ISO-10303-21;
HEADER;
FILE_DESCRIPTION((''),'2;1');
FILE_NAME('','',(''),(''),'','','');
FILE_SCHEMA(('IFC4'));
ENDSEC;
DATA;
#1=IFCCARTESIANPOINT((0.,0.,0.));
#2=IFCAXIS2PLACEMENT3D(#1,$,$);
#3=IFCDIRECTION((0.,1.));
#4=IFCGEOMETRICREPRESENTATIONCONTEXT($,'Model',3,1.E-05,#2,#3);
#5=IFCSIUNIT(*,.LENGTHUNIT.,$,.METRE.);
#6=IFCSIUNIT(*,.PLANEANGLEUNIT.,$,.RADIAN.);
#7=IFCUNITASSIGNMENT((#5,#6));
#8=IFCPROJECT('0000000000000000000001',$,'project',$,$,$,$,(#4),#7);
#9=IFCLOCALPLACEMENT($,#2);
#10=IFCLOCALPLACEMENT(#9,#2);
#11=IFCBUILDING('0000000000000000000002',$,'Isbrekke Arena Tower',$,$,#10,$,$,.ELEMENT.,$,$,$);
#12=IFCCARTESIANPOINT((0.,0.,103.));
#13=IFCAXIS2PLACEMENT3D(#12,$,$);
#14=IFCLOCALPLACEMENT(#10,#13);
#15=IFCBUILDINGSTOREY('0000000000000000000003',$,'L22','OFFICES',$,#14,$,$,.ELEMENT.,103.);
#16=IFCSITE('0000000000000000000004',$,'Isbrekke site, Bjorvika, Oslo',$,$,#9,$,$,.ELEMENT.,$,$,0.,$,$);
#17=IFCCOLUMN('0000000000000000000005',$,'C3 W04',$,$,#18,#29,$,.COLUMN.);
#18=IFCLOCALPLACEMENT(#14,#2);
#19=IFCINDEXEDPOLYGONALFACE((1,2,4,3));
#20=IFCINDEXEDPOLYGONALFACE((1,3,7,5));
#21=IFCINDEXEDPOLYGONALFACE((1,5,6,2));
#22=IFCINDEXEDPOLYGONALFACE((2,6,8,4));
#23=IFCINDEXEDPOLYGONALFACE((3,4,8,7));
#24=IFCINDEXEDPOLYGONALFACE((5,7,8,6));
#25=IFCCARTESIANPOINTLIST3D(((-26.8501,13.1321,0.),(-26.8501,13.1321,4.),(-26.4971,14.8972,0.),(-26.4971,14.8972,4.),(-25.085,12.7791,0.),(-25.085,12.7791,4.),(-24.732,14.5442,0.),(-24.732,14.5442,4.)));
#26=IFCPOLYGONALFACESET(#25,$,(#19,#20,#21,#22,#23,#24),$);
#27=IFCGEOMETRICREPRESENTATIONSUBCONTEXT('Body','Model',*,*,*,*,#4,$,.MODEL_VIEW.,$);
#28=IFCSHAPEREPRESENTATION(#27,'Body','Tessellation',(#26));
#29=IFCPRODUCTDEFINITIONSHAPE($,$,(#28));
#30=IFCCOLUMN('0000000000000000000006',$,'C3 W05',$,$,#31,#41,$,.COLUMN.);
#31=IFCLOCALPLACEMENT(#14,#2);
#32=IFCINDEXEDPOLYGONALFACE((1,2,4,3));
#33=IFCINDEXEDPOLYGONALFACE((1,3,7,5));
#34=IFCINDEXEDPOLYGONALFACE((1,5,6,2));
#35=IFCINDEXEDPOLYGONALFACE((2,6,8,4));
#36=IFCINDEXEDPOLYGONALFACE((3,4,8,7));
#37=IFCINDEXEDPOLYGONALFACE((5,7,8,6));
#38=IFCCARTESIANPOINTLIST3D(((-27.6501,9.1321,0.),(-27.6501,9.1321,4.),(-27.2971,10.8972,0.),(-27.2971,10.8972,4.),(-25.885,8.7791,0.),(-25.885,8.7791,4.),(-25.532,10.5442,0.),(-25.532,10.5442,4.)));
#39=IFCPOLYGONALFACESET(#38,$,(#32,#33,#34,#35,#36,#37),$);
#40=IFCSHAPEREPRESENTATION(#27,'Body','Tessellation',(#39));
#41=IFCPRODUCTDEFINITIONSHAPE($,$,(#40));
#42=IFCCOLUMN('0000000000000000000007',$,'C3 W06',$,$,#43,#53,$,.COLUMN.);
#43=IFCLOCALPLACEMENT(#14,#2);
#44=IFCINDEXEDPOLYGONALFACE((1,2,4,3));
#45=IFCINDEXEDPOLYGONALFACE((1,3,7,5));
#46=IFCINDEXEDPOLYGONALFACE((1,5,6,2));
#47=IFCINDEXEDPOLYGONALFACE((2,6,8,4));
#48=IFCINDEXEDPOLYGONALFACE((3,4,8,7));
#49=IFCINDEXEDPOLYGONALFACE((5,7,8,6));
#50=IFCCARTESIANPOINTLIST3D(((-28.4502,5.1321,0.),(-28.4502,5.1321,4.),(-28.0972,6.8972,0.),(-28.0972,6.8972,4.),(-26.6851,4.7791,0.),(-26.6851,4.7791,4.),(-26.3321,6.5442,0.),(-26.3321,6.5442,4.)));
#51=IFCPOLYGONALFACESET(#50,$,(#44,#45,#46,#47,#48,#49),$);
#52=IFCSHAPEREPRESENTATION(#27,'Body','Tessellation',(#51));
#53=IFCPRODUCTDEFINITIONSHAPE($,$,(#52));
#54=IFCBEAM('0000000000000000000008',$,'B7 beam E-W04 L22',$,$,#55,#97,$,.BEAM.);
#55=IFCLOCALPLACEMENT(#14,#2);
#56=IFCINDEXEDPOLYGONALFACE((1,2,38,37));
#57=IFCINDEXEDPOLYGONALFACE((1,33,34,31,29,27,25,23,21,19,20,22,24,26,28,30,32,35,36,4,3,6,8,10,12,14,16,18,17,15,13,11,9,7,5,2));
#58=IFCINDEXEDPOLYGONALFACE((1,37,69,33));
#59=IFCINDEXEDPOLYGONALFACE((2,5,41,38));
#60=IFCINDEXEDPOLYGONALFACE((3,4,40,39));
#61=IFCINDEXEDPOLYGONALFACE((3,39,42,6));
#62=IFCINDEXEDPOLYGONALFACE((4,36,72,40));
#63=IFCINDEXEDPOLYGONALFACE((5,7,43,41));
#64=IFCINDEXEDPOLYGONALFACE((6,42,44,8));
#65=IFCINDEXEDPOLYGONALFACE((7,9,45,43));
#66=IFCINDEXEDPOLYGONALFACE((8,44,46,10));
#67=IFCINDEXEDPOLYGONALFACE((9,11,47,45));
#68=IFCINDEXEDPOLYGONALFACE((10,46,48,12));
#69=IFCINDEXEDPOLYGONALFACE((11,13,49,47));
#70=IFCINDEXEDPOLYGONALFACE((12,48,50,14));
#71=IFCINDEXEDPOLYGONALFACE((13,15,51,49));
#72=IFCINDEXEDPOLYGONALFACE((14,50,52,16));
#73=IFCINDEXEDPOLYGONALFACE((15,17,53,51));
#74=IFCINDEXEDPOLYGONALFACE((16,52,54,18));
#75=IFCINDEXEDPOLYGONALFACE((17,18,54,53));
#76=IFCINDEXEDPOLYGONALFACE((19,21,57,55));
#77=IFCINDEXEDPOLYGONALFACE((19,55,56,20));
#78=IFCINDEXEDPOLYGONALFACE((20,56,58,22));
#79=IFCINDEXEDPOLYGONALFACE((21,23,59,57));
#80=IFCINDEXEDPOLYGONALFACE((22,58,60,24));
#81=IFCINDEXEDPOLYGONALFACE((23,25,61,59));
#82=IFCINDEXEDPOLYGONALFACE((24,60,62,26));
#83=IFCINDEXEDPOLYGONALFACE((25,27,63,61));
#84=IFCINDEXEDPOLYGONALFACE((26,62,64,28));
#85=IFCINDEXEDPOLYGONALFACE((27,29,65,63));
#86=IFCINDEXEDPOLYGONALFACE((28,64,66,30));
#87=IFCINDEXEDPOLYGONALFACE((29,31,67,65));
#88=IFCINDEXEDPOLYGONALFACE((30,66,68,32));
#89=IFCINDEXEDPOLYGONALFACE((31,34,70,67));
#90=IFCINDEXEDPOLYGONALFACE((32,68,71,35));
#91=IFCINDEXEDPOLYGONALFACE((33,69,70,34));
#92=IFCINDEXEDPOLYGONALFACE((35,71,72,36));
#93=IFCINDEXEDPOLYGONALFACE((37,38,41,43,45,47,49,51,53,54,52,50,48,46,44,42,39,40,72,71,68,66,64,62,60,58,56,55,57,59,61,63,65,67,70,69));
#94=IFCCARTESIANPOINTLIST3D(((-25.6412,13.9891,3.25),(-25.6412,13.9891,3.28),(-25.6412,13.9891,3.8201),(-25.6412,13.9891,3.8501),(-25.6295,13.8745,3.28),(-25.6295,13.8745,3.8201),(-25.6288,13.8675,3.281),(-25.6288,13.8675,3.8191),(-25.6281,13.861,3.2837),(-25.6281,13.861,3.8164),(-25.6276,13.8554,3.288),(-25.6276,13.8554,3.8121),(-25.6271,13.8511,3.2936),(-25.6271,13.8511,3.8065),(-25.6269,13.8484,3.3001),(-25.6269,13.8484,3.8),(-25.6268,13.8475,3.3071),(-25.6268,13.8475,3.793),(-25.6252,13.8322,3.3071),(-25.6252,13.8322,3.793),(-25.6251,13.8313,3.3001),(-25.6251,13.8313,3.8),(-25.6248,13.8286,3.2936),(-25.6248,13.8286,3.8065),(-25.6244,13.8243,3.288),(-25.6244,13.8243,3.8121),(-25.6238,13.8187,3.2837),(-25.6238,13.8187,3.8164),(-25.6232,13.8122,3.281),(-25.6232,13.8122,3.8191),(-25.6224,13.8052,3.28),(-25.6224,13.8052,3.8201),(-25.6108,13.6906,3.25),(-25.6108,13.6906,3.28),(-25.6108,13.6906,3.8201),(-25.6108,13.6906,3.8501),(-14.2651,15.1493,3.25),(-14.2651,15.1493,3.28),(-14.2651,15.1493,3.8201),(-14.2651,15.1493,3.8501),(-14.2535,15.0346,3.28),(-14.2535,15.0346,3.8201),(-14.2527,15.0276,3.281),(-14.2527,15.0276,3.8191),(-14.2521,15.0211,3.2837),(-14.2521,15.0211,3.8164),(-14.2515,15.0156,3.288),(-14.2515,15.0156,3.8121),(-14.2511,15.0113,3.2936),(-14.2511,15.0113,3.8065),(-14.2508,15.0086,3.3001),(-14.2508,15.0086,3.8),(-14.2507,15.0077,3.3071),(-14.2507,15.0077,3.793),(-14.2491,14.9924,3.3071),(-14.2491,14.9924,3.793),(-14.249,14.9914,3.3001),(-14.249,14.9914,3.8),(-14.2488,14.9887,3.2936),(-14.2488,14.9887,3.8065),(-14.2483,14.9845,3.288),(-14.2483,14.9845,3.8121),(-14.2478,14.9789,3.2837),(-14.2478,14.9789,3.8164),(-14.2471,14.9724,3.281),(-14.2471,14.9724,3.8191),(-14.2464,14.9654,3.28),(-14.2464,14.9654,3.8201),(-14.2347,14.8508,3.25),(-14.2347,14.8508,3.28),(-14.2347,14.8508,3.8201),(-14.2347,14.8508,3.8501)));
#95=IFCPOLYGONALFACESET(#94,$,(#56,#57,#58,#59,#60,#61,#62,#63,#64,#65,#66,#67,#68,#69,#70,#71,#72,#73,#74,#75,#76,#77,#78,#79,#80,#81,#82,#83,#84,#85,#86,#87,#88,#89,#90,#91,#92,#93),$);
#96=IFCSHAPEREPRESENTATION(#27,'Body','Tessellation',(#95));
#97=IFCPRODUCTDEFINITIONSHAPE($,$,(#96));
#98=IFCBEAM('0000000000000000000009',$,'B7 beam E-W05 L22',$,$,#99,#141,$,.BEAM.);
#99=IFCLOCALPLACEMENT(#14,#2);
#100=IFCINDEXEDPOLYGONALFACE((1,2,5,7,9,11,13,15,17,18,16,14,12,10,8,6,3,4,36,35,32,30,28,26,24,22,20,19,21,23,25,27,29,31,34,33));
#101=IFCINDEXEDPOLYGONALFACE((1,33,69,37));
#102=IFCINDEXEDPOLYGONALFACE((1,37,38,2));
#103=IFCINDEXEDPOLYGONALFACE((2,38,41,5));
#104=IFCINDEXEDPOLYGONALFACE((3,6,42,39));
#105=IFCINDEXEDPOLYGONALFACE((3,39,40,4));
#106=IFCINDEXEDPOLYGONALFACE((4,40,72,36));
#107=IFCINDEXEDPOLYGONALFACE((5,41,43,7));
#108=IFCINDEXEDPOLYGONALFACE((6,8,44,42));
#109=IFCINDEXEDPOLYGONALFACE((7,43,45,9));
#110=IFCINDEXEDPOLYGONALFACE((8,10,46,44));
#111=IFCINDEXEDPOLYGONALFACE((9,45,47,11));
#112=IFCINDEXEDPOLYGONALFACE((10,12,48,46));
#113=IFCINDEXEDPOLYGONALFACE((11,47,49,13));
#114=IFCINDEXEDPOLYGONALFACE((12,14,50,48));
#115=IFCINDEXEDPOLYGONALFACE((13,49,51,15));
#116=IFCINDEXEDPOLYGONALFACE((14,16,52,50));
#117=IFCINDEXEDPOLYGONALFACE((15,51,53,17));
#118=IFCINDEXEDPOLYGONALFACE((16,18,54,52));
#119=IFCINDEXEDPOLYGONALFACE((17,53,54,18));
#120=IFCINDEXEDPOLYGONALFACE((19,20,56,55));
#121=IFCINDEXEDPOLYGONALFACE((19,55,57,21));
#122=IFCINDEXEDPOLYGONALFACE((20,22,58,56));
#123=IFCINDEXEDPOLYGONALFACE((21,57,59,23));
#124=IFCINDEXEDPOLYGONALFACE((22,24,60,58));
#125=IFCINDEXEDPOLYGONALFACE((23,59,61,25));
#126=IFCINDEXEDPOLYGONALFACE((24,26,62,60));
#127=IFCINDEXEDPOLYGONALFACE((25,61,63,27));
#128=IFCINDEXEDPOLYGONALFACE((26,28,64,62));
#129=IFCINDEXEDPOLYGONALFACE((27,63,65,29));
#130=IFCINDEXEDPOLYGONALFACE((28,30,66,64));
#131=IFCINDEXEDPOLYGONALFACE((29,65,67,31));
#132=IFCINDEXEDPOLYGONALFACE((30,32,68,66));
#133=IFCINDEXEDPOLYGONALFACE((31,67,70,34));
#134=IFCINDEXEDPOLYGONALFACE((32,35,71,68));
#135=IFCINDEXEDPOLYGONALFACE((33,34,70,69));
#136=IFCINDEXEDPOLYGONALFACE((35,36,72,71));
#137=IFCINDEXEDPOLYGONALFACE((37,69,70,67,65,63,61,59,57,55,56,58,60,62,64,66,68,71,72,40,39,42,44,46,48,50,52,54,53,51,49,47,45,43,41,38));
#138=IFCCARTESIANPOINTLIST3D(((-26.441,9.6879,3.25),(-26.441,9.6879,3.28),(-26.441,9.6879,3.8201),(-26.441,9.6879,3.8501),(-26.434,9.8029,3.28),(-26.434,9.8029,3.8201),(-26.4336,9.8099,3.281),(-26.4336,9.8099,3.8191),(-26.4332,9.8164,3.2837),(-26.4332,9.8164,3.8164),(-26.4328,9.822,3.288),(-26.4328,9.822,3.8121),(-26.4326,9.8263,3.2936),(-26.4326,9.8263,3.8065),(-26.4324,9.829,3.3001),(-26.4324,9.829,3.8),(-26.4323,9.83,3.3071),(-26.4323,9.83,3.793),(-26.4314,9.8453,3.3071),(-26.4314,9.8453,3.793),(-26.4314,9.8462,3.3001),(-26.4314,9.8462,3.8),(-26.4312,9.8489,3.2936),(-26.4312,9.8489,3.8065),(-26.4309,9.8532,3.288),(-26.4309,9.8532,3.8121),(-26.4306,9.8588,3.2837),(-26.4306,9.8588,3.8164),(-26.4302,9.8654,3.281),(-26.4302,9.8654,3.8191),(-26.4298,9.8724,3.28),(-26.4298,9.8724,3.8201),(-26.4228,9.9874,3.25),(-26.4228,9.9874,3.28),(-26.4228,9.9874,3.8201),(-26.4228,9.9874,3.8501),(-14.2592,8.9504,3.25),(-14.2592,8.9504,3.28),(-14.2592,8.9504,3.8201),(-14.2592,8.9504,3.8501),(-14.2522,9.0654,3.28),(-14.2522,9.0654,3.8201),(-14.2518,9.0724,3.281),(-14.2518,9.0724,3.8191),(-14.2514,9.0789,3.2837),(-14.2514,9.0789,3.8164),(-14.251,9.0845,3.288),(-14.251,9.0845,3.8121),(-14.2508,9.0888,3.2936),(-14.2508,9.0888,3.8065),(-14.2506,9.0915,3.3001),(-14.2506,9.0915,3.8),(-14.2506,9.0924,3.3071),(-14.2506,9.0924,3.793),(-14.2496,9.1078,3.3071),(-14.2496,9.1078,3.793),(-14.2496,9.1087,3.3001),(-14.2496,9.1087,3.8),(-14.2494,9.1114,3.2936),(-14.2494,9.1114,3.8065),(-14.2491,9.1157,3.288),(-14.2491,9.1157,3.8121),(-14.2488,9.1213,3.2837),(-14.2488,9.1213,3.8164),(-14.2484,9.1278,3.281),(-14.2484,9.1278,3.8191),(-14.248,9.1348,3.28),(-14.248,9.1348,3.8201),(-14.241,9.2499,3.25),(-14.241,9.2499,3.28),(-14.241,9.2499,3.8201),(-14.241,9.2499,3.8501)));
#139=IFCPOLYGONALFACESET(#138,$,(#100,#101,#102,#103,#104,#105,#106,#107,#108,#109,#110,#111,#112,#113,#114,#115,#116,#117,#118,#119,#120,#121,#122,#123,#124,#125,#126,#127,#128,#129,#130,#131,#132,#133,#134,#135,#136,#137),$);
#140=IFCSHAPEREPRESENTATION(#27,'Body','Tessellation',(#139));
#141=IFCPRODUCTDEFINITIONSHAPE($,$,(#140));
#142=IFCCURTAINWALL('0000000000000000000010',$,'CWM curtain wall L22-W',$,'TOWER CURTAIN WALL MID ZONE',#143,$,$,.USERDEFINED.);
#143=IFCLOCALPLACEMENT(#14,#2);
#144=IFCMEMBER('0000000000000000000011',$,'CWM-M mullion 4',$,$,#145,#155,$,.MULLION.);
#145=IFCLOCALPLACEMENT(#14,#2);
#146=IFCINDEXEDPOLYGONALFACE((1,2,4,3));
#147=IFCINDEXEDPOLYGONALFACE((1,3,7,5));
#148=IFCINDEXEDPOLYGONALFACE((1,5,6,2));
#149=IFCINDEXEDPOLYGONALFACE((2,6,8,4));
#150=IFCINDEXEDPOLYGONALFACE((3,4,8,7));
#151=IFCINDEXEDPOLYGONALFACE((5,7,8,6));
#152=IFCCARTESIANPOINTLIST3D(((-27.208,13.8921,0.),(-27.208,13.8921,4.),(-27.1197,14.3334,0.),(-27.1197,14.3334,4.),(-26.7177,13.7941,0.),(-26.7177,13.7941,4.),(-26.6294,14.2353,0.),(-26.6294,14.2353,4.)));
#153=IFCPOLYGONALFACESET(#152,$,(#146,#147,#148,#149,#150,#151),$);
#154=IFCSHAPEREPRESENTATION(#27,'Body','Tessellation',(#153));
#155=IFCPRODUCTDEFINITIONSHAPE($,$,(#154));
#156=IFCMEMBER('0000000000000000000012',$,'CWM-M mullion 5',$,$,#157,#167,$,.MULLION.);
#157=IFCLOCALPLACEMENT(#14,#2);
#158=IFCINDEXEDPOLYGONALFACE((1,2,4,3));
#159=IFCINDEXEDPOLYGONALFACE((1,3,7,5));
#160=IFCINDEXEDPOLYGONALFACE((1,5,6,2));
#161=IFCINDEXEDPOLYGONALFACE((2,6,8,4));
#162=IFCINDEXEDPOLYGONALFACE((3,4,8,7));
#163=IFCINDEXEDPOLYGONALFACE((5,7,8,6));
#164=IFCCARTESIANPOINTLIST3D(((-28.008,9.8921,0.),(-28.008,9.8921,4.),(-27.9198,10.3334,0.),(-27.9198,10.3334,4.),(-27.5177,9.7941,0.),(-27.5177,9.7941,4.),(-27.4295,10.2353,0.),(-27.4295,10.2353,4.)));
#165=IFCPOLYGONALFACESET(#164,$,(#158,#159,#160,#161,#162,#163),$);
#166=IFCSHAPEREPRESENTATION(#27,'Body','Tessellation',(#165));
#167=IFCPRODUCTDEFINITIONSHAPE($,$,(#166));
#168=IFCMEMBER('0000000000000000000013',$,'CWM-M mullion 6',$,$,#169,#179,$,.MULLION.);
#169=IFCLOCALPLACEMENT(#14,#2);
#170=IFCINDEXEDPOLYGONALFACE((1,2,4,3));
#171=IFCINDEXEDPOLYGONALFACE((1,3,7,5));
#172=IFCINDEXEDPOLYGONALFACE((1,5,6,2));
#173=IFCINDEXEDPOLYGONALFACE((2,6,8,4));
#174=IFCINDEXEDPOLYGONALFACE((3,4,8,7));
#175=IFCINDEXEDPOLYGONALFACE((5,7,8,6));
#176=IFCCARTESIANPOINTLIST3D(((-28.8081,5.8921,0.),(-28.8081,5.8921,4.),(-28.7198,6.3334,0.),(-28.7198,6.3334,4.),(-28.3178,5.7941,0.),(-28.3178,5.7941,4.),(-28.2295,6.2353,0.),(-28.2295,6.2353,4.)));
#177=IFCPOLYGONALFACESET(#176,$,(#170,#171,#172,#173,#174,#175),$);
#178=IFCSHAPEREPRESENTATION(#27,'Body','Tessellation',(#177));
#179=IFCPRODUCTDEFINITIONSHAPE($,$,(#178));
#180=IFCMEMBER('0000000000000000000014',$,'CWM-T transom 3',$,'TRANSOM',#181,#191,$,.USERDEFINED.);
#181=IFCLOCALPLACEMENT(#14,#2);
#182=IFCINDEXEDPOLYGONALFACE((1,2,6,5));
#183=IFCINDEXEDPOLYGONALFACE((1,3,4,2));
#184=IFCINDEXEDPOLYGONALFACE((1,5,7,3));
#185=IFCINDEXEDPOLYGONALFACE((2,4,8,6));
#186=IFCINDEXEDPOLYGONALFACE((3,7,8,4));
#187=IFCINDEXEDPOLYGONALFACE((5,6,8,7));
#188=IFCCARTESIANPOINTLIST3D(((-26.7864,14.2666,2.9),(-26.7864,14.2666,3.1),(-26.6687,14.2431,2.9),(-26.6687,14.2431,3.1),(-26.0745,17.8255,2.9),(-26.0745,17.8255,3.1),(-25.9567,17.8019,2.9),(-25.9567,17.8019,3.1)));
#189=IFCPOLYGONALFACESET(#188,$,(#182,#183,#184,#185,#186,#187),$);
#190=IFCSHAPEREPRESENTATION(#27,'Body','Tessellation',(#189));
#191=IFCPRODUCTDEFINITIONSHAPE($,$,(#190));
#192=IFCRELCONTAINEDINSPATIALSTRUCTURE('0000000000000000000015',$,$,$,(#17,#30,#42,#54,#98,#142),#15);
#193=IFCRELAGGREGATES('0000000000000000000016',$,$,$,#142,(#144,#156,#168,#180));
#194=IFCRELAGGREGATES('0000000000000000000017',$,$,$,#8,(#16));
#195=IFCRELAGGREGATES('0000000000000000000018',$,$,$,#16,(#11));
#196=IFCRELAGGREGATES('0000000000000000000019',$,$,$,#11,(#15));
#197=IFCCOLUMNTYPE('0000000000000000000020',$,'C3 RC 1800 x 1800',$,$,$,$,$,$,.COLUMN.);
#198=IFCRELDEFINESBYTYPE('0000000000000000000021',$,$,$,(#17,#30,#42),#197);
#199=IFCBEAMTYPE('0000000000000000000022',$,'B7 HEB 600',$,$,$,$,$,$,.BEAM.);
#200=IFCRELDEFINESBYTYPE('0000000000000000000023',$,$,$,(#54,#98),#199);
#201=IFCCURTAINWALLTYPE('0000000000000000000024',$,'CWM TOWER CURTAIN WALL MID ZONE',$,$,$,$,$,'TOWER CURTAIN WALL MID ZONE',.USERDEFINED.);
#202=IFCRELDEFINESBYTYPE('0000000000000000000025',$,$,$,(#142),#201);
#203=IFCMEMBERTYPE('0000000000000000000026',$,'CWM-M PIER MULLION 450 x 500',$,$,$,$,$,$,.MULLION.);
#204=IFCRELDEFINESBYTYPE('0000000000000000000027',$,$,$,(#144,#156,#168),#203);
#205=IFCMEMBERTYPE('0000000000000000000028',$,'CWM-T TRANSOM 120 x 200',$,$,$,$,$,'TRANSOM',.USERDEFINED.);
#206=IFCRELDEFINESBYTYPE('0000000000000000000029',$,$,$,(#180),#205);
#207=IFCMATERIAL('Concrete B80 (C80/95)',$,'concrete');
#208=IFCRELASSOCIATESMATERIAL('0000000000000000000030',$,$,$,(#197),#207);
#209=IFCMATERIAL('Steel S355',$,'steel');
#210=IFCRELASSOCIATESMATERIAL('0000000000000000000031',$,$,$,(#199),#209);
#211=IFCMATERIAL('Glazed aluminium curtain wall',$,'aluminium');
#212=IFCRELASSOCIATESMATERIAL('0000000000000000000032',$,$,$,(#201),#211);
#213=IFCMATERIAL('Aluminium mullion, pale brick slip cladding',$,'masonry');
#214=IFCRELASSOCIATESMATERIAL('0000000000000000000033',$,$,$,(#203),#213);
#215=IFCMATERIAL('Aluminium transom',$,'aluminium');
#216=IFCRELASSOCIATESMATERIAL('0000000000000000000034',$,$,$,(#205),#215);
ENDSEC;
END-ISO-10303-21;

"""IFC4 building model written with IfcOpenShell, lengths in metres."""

from ifc_helpers import new_model, si_unit, direction, frame, origin, origin_2d, place, context, subcontext, project, spatial, rectangle, i_section, extrude, material, material_profile, profile_set, type_object, element, aggregate, save


model = new_model("IFC4")

# Units and contexts
model_context = context("Model", 3, precision=1e-05, world=origin(), true_north=direction((0.0, 1.0)))
body_context = subcontext(model_context, "Body", "Model", "MODEL_VIEW")
ifc_project = project(units=[si_unit("LENGTHUNIT", "METRE"), si_unit("PLANEANGLEUNIT", "RADIAN")], contexts=[model_context])

# Site, building, storey
site_placement = place(None, origin())
site = spatial("IfcSite", under=ifc_project, at=site_placement, Name="Isbrekke site, Bjorvika, Oslo", CompositionType="ELEMENT", RefElevation=0.0)
building_placement = place(site_placement, origin())
building = spatial("IfcBuilding", under=site, at=building_placement, Name="Isbrekke Arena Tower", CompositionType="ELEMENT")
storey_placement = place(building_placement, frame((0.0, 0.0, 103.0)))
storey = spatial("IfcBuildingStorey", under=building, at=storey_placement, Name="L22", Description="OFFICES", CompositionType="ELEMENT", Elevation=103.0)

# Columns
ifc_material_1 = material(Name="Concrete B80 (C80/95)", Category="concrete")
ifc_material_profile_1 = material_profile(ifc_material_1, rectangle(XDim=1.8, YDim=1.8, at=origin_2d()), Name="RC 1800x1800")
ifc_profile_set_1 = profile_set([ifc_material_profile_1], Name="Concrete B80 (C80/95)")
column_type = type_object("IfcColumnType", Name="C3 RC 1800 x 1800", PredefinedType="COLUMN", material=ifc_profile_set_1)
for number, where, z_axis, x_axis, name in (
    (1, (-25.791, 13.8381, 0.0), (0.0, 0.0, 1.0), (-0.196116, -0.980581, 0.0), "C3 W04"),
    (2, (-26.5911, 9.8381, 0.0), (0.0, 0.0, 1.0), (-0.196116, -0.980581, 0.0), "C3 W05"),
    (3, (-27.3911, 5.8381, 0.0), (0.0, 0.0, 1.0), (-0.196116, -0.980581, 0.0), "C3 W06"),
):
    element("IfcColumn", number, at=place(storey_placement, frame(where, z_axis=z_axis, x_axis=x_axis)), inside=storey, type_object=column_type, Name=name, PredefinedType="COLUMN", context=body_context, shape_type="SweptSolid", body=[
        extrude(rectangle(XDim=1.8, YDim=1.8, at=origin_2d()), origin(), (0.0, 0.0, 1.0), 4.0),
    ])

# Beams
ifc_material_2 = material(Name="Steel S355", Category="steel")
ifc_material_profile_2 = material_profile(ifc_material_2, i_section(OverallWidth=0.3, OverallDepth=0.6001, WebThickness=0.0154, FlangeThickness=0.03, FilletRadius=0.0271, at=origin_2d()), Name="HEB 600")
ifc_profile_set_2 = profile_set([ifc_material_profile_2], Name="Steel S355")
beam_type_1 = type_object("IfcBeamType", Name="B7 HEB 600", PredefinedType="BEAM", material=ifc_profile_set_2)
beam_1_placement = place(storey_placement, frame((-25.626, 13.8398, 3.55), z_axis=(0.99484, 0.101457, 0.0), x_axis=(-0.101457, 0.99484, 0.0)))
element("IfcBeam", 4, at=beam_1_placement, inside=storey, type_object=beam_type_1, Name="B7 beam E-W04 L22", PredefinedType="BEAM", context=body_context, shape_type="SweptSolid", body=[
    extrude(i_section(OverallWidth=0.3, OverallDepth=0.6001, WebThickness=0.0154, FlangeThickness=0.03, FilletRadius=0.0271, at=origin_2d()), origin(), (0.0, 0.0, 1.0), 11.4351),
])
beam_2_placement = place(storey_placement, frame((-26.4319, 9.8376, 3.55), z_axis=(0.998172, -0.060434, 0.0), x_axis=(0.060434, 0.998172, 0.0)))
element("IfcBeam", 5, at=beam_2_placement, inside=storey, type_object=beam_type_1, Name="B7 beam E-W05 L22", PredefinedType="BEAM", context=body_context, shape_type="SweptSolid", body=[
    extrude(i_section(OverallWidth=0.3, OverallDepth=0.6001, WebThickness=0.0154, FlangeThickness=0.03, FilletRadius=0.0271, at=origin_2d()), origin(), (0.0, 0.0, 1.0), 12.2041),
])

# Curtain wall, members
ifc_material_3 = material(Name="Glazed aluminium curtain wall", Category="aluminium")
curtain_wall_type = type_object("IfcCurtainWallType", Name="CWM TOWER CURTAIN WALL MID ZONE", ElementType="TOWER CURTAIN WALL MID ZONE", PredefinedType="USERDEFINED", material=ifc_material_3)
curtain_wall_placement = place(storey_placement, origin())
curtain_wall = element("IfcCurtainWall", 6, at=curtain_wall_placement, inside=storey, type_object=curtain_wall_type, Name="CWM curtain wall L22-W", ObjectType="TOWER CURTAIN WALL MID ZONE", PredefinedType="USERDEFINED")
ifc_material_4 = material(Name="Aluminium mullion, pale brick slip cladding", Category="masonry")
ifc_material_profile_3 = material_profile(ifc_material_4, rectangle(XDim=0.45, YDim=0.5, at=origin_2d()), Name="PIER 450X500")
ifc_profile_set_3 = profile_set([ifc_material_profile_3], Name="Aluminium mullion, pale brick slip cladding")
member_type_1 = type_object("IfcMemberType", Name="CWM-M PIER MULLION 450 x 500", PredefinedType="MULLION", material=ifc_profile_set_3)
member_1_placement = place(storey_placement, frame((-26.9187, 14.0637, 0.0), z_axis=(0.0, 0.0, 1.0), x_axis=(-0.196116, -0.980581, 0.0)))
member_1 = element("IfcMember", 7, at=member_1_placement, type_object=member_type_1, Name="CWM-M mullion 4", PredefinedType="MULLION", context=body_context, shape_type="SweptSolid", body=[
    extrude(rectangle(XDim=0.45, YDim=0.5, at=origin_2d()), origin(), (0.0, 0.0, 1.0), 4.0),
])
member_2_placement = place(storey_placement, frame((-27.7188, 10.0637, 0.0), z_axis=(0.0, 0.0, 1.0), x_axis=(-0.196116, -0.980581, 0.0)))
member_2 = element("IfcMember", 8, at=member_2_placement, type_object=member_type_1, Name="CWM-M mullion 5", PredefinedType="MULLION", context=body_context, shape_type="SweptSolid", body=[
    extrude(rectangle(XDim=0.45, YDim=0.5, at=origin_2d()), origin(), (0.0, 0.0, 1.0), 4.0),
])
member_3_placement = place(storey_placement, frame((-28.5188, 6.0637, 0.0), z_axis=(0.0, 0.0, 1.0), x_axis=(-0.196116, -0.980581, 0.0)))
member_3 = element("IfcMember", 9, at=member_3_placement, type_object=member_type_1, Name="CWM-M mullion 6", PredefinedType="MULLION", context=body_context, shape_type="SweptSolid", body=[
    extrude(rectangle(XDim=0.45, YDim=0.5, at=origin_2d()), origin(), (0.0, 0.0, 1.0), 4.0),
])
ifc_material_5 = material(Name="Aluminium transom", Category="aluminium")
ifc_material_profile_4 = material_profile(ifc_material_5, rectangle(XDim=0.1201, YDim=0.2, at=origin_2d()), Name="TRANSOM 120X200")
ifc_profile_set_4 = profile_set([ifc_material_profile_4], Name="Aluminium transom")
member_type_2 = type_object("IfcMemberType", Name="CWM-T TRANSOM 120 x 200", ElementType="TRANSOM", PredefinedType="USERDEFINED", material=ifc_profile_set_4)
member_4_placement = place(storey_placement, frame((-26.0156, 17.8137, 3.0), z_axis=(-0.196155, -0.980573, 0.0), x_axis=(0.980573, -0.196155, 0.0)))
member_4 = element("IfcMember", 10, at=member_4_placement, type_object=member_type_2, Name="CWM-T transom 3", ObjectType="TRANSOM", PredefinedType="USERDEFINED", context=body_context, shape_type="SweptSolid", body=[
    extrude(rectangle(XDim=0.1201, YDim=0.2, at=origin_2d()), origin(), (0.0, 0.0, 1.0), 3.6294),
])

aggregate(curtain_wall, [member_1, member_2, member_3, member_4])

save(model, "model.ifc")
